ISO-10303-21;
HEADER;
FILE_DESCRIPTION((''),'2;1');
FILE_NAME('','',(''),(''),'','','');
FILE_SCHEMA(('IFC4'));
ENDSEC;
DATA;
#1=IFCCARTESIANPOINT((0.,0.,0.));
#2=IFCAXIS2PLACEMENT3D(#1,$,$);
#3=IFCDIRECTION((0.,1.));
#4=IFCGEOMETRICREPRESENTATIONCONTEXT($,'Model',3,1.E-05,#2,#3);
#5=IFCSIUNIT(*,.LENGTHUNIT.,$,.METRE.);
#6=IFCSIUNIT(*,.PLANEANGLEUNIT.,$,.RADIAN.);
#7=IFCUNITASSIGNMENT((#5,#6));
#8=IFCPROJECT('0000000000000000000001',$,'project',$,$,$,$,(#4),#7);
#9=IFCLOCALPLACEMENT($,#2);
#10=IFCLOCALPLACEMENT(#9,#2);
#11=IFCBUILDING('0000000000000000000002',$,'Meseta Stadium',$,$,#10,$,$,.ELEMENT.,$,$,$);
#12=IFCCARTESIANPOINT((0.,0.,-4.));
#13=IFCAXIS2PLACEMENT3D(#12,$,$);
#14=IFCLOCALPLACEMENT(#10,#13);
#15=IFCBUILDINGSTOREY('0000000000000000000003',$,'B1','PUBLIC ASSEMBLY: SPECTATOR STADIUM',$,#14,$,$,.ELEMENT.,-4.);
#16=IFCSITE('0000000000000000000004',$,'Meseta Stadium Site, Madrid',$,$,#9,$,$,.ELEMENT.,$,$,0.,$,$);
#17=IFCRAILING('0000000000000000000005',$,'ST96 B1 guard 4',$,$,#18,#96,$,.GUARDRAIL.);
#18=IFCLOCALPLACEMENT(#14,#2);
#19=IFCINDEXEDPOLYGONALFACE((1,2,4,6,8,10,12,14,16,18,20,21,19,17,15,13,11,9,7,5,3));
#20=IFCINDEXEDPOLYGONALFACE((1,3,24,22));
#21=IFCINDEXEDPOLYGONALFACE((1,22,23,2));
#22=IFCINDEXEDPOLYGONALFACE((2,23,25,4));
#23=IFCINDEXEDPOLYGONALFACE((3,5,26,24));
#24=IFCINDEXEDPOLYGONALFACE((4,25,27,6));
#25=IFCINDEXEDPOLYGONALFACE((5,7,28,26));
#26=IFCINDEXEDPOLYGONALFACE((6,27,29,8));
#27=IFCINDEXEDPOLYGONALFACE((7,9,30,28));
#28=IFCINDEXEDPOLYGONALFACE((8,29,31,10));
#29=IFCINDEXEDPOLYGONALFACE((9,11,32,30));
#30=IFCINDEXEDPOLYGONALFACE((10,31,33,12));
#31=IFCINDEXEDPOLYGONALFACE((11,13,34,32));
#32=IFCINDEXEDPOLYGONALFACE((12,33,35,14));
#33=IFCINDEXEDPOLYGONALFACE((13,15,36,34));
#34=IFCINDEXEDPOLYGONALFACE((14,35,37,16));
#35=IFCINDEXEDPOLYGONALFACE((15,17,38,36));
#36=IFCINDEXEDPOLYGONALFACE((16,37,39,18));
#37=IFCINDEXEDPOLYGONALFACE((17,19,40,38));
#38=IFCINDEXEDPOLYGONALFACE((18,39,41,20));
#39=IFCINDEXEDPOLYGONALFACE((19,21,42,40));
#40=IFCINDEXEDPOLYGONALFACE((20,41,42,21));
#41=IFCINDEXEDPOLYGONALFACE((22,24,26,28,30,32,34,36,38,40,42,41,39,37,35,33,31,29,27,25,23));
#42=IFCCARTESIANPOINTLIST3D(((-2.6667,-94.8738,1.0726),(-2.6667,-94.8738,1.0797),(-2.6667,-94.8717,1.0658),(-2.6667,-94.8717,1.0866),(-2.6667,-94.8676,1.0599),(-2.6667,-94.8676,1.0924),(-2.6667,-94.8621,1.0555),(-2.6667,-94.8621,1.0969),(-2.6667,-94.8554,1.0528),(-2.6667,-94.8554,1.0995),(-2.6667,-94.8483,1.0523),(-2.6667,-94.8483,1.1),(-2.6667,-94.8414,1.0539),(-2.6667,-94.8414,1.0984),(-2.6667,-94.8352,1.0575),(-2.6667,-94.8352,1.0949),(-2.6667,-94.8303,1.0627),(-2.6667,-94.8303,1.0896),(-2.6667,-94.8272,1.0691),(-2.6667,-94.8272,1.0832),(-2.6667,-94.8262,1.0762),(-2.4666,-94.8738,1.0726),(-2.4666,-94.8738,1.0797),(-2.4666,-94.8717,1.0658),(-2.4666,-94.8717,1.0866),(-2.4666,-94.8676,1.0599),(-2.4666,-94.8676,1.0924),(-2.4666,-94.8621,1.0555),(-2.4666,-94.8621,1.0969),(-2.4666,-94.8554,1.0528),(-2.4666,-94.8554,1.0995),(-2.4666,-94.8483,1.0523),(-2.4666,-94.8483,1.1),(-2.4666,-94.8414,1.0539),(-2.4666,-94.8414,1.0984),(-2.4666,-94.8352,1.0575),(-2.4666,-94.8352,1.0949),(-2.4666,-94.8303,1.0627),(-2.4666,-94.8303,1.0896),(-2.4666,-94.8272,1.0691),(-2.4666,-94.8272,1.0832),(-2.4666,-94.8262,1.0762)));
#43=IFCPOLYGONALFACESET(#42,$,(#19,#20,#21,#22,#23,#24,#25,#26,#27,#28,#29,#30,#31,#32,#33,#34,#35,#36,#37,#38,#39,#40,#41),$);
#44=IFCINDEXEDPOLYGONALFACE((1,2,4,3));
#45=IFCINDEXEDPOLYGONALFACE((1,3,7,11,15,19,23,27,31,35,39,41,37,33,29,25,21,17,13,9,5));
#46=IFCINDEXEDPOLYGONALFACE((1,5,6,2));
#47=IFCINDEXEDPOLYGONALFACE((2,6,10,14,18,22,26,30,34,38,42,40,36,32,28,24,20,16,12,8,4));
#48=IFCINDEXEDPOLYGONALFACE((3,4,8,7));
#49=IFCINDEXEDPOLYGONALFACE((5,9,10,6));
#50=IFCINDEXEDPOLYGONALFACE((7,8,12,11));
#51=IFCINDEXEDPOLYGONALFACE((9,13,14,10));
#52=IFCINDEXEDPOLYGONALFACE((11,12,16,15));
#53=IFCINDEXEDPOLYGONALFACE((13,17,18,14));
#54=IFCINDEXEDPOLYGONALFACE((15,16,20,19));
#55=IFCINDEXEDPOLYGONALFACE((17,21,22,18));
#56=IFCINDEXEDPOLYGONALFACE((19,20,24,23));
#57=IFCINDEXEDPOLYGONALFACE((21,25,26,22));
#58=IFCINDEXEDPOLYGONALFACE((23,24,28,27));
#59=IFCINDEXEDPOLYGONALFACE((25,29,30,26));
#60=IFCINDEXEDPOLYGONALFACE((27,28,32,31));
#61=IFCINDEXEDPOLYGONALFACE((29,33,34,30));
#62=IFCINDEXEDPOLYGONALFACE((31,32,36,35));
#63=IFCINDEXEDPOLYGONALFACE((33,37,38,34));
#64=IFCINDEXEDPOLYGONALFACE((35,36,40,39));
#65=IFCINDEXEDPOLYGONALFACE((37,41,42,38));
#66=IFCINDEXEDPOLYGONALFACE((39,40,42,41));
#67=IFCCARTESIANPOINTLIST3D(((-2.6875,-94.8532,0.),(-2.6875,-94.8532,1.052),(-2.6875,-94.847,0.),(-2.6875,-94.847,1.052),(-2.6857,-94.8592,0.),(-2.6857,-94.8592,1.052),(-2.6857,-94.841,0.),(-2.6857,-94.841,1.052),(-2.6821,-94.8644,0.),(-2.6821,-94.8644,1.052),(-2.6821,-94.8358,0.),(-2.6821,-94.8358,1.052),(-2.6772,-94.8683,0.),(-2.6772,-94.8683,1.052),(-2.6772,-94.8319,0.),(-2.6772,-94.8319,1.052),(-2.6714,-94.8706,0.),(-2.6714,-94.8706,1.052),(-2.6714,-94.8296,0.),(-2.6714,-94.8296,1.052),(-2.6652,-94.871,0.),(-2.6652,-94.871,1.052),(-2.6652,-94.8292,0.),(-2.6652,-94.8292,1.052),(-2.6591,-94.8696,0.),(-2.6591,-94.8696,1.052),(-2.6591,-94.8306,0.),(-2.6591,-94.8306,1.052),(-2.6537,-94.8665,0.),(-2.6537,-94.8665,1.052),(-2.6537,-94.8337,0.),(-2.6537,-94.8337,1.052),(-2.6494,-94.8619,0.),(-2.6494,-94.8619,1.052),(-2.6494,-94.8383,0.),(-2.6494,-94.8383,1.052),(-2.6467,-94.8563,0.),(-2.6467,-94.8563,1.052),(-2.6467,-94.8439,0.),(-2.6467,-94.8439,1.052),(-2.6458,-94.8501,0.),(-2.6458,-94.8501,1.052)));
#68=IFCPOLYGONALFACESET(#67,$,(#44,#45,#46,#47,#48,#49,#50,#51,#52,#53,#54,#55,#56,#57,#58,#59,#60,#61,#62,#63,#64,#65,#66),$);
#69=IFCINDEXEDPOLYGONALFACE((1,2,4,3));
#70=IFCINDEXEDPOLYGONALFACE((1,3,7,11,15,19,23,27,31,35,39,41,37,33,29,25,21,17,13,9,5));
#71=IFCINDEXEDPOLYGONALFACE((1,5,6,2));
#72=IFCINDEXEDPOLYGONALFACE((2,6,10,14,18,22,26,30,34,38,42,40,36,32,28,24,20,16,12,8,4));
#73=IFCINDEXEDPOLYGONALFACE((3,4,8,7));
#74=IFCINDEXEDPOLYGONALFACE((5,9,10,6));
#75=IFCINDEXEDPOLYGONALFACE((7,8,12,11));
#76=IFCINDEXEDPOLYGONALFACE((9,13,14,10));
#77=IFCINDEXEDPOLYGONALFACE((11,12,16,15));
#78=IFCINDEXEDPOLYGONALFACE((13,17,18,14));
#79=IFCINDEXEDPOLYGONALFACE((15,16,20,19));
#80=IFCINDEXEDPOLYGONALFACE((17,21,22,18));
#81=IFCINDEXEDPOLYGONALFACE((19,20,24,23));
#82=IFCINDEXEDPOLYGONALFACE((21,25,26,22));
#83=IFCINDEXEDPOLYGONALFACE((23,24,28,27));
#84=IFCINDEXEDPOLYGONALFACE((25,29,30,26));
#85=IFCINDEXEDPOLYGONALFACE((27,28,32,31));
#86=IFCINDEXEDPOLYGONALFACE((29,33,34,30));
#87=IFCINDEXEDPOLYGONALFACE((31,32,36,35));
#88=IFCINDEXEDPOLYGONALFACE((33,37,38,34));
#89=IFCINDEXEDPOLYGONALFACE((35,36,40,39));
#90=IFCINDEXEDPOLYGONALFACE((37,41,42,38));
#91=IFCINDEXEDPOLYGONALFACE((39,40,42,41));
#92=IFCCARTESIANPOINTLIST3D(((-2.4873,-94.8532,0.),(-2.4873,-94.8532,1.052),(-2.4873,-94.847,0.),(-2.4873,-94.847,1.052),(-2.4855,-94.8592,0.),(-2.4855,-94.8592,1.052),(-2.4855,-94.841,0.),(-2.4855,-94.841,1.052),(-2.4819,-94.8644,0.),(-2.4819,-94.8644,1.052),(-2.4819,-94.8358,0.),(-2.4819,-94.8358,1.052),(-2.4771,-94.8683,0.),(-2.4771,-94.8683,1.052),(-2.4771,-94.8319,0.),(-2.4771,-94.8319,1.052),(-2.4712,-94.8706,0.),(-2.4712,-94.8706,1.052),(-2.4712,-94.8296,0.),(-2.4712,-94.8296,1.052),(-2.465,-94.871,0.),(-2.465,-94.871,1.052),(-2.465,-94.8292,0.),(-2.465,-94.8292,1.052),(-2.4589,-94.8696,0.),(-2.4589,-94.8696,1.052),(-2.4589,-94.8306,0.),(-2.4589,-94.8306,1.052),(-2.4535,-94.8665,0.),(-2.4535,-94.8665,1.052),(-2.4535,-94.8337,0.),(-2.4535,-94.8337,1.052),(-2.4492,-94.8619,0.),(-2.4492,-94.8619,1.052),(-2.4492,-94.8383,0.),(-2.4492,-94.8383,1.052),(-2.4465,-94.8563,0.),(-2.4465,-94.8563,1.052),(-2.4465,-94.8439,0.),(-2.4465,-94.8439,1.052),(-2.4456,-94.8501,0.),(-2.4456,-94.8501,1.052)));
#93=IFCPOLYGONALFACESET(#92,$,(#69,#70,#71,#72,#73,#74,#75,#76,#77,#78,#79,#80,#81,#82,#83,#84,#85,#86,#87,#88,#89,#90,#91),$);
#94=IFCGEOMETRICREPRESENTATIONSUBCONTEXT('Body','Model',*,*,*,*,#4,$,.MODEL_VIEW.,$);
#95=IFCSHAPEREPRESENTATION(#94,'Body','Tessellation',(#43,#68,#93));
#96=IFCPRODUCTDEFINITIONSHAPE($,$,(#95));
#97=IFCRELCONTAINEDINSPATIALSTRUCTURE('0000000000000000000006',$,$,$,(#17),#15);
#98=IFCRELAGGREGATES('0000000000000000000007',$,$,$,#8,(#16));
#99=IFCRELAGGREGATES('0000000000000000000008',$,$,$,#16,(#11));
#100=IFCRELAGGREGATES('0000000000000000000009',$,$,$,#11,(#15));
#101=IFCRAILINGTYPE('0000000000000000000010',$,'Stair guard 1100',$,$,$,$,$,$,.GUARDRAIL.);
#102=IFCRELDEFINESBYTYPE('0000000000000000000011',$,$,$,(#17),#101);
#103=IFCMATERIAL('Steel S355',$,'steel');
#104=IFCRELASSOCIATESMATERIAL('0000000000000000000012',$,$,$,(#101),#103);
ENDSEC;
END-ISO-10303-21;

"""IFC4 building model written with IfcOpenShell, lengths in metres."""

from ifc_helpers import new_model, si_unit, direction, frame, origin, origin_2d, place, context, subcontext, project, spatial, circle, extrude, material, type_object, element, save


model = new_model("IFC4")

# Units and contexts
model_context = context("Model", 3, precision=1e-05, world=origin(), true_north=direction((0.0, 1.0)))
body_context = subcontext(model_context, "Body", "Model", "MODEL_VIEW")
ifc_project = project(units=[si_unit("LENGTHUNIT", "METRE"), si_unit("PLANEANGLEUNIT", "RADIAN")], contexts=[model_context])

# Site, building, storey
site_placement = place(None, origin())
site = spatial("IfcSite", under=ifc_project, at=site_placement, Name="Meseta Stadium Site, Madrid", CompositionType="ELEMENT", RefElevation=0.0)
building_placement = place(site_placement, origin())
building = spatial("IfcBuilding", under=site, at=building_placement, Name="Meseta Stadium", CompositionType="ELEMENT")
storey_placement = place(building_placement, frame((0.0, 0.0, -4.0)))
storey = spatial("IfcBuildingStorey", under=building, at=storey_placement, Name="B1", Description="PUBLIC ASSEMBLY: SPECTATOR STADIUM", CompositionType="ELEMENT", Elevation=-4.0)

# Railing
ifc_material_1 = material(Name="Steel S355", Category="steel")
railing_type_1 = type_object("IfcRailingType", Name="Stair guard 1100", PredefinedType="GUARDRAIL", material=ifc_material_1)
railing_1_placement = place(storey_placement, frame((-2.6667, -94.8501, 0.0)))
element("IfcRailing", 1, at=railing_1_placement, inside=storey, type_object=railing_type_1, Name="ST96 B1 guard 4", PredefinedType="GUARDRAIL", context=body_context, shape_type="SweptSolid", body=[
    extrude(circle(Radius=0.0239, at=origin_2d()), frame((0.0, 0.0, 1.0762), z_axis=(1.0, 0.0, 0.0), x_axis=(0.0, 1.0, 0.0)), (0.0, 0.0, 1.0), 0.2002),
    extrude(circle(Radius=0.021, at=origin_2d()), origin(), (0.0, 0.0, 1.0), 1.052),
    extrude(circle(Radius=0.021, at=origin_2d()), frame((0.2002, 0.0, 0.0)), (0.0, 0.0, 1.0), 1.052),
])

save(model, "model.ifc")
